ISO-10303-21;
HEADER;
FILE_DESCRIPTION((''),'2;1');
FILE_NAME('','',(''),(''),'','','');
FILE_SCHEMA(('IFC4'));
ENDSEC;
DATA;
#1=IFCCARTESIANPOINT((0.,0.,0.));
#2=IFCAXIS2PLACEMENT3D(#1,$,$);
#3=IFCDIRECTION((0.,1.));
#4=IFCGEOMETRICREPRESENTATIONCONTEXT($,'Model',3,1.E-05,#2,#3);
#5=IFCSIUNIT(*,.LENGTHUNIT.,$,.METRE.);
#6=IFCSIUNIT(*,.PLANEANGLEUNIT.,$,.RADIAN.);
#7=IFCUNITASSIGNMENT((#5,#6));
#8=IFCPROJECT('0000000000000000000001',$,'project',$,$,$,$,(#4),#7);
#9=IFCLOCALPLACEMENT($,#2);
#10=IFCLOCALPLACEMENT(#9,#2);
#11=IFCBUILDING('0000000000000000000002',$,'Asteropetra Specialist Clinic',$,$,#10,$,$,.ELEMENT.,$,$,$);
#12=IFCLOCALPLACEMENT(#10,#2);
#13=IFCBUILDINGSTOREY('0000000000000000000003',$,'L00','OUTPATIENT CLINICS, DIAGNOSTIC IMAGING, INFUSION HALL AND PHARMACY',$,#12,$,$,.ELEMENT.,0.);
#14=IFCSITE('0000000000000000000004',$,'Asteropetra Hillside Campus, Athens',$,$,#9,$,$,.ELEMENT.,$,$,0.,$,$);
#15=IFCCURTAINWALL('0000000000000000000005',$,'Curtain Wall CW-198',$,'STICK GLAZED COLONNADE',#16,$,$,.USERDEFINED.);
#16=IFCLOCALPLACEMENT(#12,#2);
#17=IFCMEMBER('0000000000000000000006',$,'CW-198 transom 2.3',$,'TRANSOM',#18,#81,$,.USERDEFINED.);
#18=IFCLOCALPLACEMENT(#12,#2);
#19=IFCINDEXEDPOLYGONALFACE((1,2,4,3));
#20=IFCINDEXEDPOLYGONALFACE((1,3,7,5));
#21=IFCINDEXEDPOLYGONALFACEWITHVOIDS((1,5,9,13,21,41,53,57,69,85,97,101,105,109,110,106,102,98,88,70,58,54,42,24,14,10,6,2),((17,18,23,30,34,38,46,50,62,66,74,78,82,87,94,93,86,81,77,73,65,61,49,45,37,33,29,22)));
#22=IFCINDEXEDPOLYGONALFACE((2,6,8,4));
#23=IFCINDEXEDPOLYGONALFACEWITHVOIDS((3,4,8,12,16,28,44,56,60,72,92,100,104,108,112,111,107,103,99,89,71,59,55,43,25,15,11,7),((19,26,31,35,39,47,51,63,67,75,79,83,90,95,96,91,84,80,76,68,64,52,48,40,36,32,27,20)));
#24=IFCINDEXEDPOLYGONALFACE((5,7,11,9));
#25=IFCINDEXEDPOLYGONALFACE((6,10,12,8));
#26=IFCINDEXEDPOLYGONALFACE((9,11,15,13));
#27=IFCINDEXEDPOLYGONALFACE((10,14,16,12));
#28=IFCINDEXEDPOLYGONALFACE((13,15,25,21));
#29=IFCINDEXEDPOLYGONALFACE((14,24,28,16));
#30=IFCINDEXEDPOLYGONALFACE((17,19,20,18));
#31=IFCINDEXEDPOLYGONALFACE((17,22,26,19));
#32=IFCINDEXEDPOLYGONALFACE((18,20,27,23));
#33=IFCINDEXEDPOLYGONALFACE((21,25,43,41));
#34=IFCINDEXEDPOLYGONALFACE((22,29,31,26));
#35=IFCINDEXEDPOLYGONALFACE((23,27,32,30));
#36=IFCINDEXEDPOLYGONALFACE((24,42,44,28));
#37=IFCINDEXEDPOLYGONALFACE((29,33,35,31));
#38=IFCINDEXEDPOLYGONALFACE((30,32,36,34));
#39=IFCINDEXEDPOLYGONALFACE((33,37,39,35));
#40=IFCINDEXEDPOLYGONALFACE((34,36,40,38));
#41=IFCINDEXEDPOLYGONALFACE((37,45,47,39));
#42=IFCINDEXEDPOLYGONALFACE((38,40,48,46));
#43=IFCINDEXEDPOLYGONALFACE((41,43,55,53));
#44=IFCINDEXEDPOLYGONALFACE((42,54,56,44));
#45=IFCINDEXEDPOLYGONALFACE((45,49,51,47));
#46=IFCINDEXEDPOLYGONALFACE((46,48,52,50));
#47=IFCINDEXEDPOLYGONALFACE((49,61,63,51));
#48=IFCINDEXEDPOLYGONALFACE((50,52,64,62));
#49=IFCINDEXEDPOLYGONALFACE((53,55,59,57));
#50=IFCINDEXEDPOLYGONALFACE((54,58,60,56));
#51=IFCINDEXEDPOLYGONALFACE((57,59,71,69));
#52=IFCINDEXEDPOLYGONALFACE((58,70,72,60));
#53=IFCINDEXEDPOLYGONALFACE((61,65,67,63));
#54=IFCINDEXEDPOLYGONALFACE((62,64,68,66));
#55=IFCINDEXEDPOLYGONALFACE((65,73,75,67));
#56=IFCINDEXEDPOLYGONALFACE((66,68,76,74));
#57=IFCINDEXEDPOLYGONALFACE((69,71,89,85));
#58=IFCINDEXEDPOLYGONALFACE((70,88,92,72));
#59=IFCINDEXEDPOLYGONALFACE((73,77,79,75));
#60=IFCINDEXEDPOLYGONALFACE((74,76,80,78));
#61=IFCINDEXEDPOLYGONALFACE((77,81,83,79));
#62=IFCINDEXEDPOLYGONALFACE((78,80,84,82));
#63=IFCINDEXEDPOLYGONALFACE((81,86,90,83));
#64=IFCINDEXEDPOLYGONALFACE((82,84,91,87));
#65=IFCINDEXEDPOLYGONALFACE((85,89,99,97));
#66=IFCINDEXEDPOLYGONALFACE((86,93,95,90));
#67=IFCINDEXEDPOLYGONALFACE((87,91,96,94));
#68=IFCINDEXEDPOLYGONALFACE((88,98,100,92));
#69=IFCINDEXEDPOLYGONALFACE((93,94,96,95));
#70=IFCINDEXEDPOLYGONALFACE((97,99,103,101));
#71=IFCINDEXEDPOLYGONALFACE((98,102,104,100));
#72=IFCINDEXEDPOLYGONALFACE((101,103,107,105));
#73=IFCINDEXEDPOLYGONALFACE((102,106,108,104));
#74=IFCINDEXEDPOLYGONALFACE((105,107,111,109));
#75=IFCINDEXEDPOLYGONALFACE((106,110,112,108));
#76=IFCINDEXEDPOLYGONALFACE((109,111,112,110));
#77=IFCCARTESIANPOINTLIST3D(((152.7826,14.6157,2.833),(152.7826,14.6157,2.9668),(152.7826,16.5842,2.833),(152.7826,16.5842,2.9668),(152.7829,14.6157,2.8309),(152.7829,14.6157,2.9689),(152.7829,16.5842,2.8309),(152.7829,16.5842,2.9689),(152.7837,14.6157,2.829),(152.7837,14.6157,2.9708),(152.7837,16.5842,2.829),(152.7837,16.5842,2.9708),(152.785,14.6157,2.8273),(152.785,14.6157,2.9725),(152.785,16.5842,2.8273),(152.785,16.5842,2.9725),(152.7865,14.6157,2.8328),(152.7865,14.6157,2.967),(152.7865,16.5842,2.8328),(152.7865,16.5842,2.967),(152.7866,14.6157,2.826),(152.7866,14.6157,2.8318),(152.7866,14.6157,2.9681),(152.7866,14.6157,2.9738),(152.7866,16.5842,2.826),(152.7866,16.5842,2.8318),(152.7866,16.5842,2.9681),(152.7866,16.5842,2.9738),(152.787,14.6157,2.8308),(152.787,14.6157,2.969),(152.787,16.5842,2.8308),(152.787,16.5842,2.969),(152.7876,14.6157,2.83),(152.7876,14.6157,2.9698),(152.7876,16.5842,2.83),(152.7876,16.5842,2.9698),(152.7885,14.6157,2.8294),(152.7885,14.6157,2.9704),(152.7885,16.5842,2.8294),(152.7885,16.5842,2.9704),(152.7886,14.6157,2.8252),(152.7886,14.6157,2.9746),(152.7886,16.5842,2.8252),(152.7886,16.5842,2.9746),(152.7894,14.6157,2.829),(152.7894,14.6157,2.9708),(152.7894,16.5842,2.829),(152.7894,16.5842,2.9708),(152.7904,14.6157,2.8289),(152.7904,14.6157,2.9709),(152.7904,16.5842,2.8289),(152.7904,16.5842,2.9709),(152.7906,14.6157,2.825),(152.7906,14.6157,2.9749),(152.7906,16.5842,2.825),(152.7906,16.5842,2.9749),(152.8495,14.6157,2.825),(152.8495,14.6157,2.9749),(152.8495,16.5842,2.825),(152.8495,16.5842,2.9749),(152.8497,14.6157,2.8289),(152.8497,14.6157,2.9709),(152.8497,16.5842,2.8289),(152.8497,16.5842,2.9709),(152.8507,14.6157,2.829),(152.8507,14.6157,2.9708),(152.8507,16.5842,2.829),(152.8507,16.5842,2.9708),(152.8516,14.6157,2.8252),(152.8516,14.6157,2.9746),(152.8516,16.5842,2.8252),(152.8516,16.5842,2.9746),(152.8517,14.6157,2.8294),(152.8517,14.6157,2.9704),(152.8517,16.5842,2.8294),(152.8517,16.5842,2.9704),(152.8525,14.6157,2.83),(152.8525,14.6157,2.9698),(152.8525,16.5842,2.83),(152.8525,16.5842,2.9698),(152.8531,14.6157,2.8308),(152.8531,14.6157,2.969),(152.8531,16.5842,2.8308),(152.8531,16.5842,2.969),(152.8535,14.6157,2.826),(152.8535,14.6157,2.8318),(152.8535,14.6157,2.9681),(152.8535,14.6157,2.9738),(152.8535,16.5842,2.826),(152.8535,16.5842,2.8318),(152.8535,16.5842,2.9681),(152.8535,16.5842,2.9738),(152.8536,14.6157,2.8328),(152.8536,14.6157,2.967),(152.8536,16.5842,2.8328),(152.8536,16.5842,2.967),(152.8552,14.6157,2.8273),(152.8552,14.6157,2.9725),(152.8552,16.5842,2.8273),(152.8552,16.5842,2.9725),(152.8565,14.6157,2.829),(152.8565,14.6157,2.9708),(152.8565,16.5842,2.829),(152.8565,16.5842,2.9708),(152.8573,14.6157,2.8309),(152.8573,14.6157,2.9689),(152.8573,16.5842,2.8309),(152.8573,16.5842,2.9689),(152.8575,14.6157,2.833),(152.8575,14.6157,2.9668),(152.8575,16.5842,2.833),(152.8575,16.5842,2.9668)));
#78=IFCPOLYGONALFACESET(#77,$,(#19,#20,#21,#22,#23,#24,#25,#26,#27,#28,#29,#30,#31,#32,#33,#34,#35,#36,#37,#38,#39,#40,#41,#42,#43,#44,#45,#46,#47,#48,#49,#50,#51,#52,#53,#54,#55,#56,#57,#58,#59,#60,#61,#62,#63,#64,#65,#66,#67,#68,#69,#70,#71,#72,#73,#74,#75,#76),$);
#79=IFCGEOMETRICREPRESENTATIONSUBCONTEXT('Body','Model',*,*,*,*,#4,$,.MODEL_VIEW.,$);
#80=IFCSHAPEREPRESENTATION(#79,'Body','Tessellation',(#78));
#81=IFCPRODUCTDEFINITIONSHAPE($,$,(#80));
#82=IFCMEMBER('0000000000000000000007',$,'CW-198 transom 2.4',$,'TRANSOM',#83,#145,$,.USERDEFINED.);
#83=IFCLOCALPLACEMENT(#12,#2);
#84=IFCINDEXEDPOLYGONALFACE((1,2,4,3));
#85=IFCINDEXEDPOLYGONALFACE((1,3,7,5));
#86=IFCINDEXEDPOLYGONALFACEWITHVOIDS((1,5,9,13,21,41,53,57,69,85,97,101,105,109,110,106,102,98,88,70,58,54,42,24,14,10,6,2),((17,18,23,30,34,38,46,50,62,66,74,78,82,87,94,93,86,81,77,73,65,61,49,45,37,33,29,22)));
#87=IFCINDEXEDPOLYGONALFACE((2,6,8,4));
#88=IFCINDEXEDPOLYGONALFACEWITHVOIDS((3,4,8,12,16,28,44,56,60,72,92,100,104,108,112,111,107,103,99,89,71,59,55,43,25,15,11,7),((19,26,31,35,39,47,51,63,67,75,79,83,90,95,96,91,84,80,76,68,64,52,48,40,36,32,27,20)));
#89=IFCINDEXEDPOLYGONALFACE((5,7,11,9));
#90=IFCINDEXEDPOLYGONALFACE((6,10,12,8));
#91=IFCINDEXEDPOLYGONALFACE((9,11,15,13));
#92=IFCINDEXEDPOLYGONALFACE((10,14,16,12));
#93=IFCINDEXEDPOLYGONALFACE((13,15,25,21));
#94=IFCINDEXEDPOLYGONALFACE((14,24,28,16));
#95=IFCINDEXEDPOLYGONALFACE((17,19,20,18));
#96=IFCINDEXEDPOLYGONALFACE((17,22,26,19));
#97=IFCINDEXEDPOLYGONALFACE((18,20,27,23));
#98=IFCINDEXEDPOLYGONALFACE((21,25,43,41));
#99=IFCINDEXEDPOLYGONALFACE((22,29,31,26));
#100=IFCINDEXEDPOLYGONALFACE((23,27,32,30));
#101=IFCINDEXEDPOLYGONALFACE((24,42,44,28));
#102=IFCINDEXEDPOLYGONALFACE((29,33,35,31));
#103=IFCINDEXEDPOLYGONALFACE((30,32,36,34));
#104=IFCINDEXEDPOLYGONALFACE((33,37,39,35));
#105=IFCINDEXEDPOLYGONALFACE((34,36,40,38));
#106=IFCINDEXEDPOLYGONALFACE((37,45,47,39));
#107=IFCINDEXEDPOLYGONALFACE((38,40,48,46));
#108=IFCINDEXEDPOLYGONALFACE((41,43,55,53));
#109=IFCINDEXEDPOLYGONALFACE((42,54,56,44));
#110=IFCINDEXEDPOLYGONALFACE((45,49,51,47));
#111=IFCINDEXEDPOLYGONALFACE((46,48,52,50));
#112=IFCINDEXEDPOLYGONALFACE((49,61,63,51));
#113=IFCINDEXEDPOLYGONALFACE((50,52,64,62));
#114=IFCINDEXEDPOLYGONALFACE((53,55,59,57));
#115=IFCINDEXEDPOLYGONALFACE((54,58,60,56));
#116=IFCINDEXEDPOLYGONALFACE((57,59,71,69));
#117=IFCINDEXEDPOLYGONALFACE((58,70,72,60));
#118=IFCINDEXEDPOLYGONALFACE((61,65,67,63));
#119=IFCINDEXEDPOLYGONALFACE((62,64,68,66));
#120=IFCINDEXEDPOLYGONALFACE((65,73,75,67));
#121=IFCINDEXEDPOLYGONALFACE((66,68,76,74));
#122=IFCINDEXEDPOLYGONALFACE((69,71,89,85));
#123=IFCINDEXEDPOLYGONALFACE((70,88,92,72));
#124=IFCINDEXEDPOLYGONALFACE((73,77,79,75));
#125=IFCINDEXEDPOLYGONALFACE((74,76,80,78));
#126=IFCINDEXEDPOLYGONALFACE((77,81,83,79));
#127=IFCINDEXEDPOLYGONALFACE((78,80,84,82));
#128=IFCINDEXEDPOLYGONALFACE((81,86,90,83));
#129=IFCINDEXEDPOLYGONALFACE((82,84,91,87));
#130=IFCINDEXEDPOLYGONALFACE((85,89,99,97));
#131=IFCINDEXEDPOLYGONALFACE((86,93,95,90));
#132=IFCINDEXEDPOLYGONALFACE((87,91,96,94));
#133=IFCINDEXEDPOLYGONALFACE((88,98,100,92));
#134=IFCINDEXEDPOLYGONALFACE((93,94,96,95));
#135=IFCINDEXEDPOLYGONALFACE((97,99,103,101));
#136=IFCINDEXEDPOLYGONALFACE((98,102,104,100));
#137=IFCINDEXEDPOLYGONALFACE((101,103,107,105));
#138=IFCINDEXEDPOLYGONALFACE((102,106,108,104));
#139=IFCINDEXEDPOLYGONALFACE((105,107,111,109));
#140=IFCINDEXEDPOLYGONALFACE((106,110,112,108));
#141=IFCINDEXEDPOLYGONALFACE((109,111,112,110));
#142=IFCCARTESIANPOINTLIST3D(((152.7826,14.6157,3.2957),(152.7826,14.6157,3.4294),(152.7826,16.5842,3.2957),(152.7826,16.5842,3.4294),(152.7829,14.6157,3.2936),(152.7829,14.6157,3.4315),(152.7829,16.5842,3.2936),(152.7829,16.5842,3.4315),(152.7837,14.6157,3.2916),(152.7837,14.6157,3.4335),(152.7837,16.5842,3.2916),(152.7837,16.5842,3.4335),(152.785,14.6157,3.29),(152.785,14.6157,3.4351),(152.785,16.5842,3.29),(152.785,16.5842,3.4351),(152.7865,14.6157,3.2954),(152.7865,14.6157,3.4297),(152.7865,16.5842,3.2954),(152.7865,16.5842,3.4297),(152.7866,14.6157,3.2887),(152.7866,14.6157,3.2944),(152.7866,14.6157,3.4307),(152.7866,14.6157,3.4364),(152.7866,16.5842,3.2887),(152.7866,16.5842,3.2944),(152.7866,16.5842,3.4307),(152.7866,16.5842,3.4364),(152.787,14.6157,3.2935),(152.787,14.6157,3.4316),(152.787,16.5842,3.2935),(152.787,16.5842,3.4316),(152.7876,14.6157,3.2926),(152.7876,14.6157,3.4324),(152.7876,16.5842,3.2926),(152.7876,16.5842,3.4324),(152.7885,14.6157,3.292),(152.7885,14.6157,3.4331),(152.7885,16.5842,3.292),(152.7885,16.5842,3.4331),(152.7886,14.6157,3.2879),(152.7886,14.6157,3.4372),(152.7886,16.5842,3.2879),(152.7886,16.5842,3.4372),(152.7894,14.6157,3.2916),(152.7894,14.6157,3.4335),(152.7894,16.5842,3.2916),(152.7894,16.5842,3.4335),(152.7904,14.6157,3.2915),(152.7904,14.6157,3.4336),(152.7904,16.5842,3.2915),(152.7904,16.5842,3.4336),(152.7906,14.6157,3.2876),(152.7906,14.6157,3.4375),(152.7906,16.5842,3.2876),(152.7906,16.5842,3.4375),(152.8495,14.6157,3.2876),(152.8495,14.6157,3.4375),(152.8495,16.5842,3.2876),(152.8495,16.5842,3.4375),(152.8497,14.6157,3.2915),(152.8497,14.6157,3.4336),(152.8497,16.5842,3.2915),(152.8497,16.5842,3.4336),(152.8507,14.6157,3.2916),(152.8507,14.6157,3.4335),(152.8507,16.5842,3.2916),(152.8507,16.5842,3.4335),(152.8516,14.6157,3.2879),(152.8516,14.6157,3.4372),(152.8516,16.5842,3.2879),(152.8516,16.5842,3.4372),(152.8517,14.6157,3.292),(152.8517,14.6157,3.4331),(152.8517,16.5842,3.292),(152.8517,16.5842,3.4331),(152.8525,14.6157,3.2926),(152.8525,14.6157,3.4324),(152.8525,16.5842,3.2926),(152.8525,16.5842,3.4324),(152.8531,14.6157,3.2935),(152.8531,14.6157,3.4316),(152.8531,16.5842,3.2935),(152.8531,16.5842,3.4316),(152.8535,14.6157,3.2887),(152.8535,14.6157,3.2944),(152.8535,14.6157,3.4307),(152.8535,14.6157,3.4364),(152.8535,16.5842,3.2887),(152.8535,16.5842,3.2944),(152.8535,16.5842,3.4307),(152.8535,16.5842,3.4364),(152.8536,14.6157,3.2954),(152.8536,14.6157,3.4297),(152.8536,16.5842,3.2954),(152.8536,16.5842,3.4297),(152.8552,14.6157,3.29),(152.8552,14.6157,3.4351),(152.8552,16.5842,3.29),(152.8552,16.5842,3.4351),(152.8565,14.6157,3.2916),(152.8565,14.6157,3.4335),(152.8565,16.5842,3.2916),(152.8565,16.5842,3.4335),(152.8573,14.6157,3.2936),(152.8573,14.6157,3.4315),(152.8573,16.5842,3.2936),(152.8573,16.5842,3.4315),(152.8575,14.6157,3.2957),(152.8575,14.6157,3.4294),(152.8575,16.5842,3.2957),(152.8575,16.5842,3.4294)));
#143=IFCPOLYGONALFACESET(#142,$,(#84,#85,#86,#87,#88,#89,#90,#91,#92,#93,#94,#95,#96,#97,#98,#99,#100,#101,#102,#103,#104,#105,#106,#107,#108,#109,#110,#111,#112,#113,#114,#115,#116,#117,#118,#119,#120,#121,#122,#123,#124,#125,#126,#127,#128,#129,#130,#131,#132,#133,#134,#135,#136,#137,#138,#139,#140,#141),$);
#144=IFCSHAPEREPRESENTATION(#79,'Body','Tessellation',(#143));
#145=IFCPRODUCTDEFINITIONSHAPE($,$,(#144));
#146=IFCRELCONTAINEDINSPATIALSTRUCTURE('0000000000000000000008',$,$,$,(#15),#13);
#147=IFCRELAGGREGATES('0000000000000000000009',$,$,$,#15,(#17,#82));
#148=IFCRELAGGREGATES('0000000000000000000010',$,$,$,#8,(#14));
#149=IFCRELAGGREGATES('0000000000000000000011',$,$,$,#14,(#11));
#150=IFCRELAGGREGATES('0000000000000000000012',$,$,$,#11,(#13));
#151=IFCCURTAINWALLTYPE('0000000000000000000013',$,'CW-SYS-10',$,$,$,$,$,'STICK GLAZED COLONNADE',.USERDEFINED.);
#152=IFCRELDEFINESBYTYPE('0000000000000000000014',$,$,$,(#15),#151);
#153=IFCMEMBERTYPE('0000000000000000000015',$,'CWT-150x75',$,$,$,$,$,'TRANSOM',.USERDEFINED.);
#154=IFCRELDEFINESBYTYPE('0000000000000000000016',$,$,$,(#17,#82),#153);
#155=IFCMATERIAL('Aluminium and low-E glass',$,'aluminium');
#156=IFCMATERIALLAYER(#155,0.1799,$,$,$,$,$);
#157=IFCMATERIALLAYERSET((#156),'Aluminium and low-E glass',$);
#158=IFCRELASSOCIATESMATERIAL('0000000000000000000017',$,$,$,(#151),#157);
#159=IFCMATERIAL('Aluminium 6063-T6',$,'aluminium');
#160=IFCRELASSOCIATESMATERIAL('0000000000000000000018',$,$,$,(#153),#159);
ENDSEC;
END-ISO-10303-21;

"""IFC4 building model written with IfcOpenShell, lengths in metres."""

from ifc_helpers import new_model, si_unit, direction, frame, origin, origin_2d, place, context, subcontext, project, spatial, hollow_rectangle, extrude, material, layer, layer_set, material_profile, profile_set, type_object, element, aggregate, save


model = new_model("IFC4")

# Units and contexts
model_context = context("Model", 3, precision=1e-05, world=origin(), true_north=direction((0.0, 1.0)))
body_context = subcontext(model_context, "Body", "Model", "MODEL_VIEW")
ifc_project = project(units=[si_unit("LENGTHUNIT", "METRE"), si_unit("PLANEANGLEUNIT", "RADIAN")], contexts=[model_context])

# Site, building, storey
site_placement = place(None, origin())
site = spatial("IfcSite", under=ifc_project, at=site_placement, Name="Asteropetra Hillside Campus, Athens", CompositionType="ELEMENT", RefElevation=0.0)
building_placement = place(site_placement, origin())
building = spatial("IfcBuilding", under=site, at=building_placement, Name="Asteropetra Specialist Clinic", CompositionType="ELEMENT")
storey_placement = place(building_placement, origin())
storey = spatial("IfcBuildingStorey", under=building, at=storey_placement, Name="L00", Description="OUTPATIENT CLINICS, DIAGNOSTIC IMAGING, INFUSION HALL AND PHARMACY", CompositionType="ELEMENT", Elevation=0.0)

# Shared definitions
ifc_material_1 = material(Name="Aluminium and low-E glass", Category="aluminium")
ifc_layer_1 = layer(ifc_material_1, 0.1799)
ifc_layer_set_1 = layer_set([ifc_layer_1], Name="Aluminium and low-E glass")
curtain_wall_type = type_object("IfcCurtainWallType", Name="CW-SYS-10", ElementType="STICK GLAZED COLONNADE", PredefinedType="USERDEFINED", material=ifc_layer_set_1)

# Curtain wall, members
curtain_wall_1_placement = place(storey_placement, origin())
curtain_wall_1 = element("IfcCurtainWall", 1, at=curtain_wall_1_placement, inside=storey, type_object=curtain_wall_type, Name="Curtain Wall CW-198", ObjectType="STICK GLAZED COLONNADE", PredefinedType="USERDEFINED")
ifc_material_2 = material(Name="Aluminium 6063-T6", Category="aluminium")
ifc_material_profile_1 = material_profile(ifc_material_2, hollow_rectangle(XDim=0.075, YDim=0.1499, WallThickness=0.0039, InnerFilletRadius=0.0039, OuterFilletRadius=0.0081, at=origin_2d()), Name="TRN 150x75x4.0")
ifc_profile_set_1 = profile_set([ifc_material_profile_1], Name="Aluminium 6063-T6")
member_type_1 = type_object("IfcMemberType", Name="CWT-150x75", ElementType="TRANSOM", PredefinedType="USERDEFINED", material=ifc_profile_set_1)
member_1_placement = place(storey_placement, frame((152.8201, 14.6157, 2.8999), z_axis=(0.0, 1.0, 0.0), x_axis=(-1.0, 0.0, 0.0)))
member_1 = element("IfcMember", 2, at=member_1_placement, type_object=member_type_1, Name="CW-198 transom 2.3", ObjectType="TRANSOM", PredefinedType="USERDEFINED", context=body_context, shape_type="SweptSolid", body=[
    extrude(hollow_rectangle(XDim=0.075, YDim=0.1499, WallThickness=0.0039, InnerFilletRadius=0.0039, OuterFilletRadius=0.0081, at=origin_2d()), origin(), (0.0, 0.0, 1.0), 1.9685),
])
member_2_placement = place(storey_placement, frame((152.8201, 14.6157, 3.3625), z_axis=(0.0, 1.0, 0.0), x_axis=(-1.0, 0.0, 0.0)))
member_2 = element("IfcMember", 3, at=member_2_placement, type_object=member_type_1, Name="CW-198 transom 2.4", ObjectType="TRANSOM", PredefinedType="USERDEFINED", context=body_context, shape_type="SweptSolid", body=[
    extrude(hollow_rectangle(XDim=0.075, YDim=0.1499, WallThickness=0.0039, InnerFilletRadius=0.0039, OuterFilletRadius=0.0081, at=origin_2d()), origin(), (0.0, 0.0, 1.0), 1.9685),
])
aggregate(curtain_wall_1, [member_1, member_2])

save(model, "model.ifc")
